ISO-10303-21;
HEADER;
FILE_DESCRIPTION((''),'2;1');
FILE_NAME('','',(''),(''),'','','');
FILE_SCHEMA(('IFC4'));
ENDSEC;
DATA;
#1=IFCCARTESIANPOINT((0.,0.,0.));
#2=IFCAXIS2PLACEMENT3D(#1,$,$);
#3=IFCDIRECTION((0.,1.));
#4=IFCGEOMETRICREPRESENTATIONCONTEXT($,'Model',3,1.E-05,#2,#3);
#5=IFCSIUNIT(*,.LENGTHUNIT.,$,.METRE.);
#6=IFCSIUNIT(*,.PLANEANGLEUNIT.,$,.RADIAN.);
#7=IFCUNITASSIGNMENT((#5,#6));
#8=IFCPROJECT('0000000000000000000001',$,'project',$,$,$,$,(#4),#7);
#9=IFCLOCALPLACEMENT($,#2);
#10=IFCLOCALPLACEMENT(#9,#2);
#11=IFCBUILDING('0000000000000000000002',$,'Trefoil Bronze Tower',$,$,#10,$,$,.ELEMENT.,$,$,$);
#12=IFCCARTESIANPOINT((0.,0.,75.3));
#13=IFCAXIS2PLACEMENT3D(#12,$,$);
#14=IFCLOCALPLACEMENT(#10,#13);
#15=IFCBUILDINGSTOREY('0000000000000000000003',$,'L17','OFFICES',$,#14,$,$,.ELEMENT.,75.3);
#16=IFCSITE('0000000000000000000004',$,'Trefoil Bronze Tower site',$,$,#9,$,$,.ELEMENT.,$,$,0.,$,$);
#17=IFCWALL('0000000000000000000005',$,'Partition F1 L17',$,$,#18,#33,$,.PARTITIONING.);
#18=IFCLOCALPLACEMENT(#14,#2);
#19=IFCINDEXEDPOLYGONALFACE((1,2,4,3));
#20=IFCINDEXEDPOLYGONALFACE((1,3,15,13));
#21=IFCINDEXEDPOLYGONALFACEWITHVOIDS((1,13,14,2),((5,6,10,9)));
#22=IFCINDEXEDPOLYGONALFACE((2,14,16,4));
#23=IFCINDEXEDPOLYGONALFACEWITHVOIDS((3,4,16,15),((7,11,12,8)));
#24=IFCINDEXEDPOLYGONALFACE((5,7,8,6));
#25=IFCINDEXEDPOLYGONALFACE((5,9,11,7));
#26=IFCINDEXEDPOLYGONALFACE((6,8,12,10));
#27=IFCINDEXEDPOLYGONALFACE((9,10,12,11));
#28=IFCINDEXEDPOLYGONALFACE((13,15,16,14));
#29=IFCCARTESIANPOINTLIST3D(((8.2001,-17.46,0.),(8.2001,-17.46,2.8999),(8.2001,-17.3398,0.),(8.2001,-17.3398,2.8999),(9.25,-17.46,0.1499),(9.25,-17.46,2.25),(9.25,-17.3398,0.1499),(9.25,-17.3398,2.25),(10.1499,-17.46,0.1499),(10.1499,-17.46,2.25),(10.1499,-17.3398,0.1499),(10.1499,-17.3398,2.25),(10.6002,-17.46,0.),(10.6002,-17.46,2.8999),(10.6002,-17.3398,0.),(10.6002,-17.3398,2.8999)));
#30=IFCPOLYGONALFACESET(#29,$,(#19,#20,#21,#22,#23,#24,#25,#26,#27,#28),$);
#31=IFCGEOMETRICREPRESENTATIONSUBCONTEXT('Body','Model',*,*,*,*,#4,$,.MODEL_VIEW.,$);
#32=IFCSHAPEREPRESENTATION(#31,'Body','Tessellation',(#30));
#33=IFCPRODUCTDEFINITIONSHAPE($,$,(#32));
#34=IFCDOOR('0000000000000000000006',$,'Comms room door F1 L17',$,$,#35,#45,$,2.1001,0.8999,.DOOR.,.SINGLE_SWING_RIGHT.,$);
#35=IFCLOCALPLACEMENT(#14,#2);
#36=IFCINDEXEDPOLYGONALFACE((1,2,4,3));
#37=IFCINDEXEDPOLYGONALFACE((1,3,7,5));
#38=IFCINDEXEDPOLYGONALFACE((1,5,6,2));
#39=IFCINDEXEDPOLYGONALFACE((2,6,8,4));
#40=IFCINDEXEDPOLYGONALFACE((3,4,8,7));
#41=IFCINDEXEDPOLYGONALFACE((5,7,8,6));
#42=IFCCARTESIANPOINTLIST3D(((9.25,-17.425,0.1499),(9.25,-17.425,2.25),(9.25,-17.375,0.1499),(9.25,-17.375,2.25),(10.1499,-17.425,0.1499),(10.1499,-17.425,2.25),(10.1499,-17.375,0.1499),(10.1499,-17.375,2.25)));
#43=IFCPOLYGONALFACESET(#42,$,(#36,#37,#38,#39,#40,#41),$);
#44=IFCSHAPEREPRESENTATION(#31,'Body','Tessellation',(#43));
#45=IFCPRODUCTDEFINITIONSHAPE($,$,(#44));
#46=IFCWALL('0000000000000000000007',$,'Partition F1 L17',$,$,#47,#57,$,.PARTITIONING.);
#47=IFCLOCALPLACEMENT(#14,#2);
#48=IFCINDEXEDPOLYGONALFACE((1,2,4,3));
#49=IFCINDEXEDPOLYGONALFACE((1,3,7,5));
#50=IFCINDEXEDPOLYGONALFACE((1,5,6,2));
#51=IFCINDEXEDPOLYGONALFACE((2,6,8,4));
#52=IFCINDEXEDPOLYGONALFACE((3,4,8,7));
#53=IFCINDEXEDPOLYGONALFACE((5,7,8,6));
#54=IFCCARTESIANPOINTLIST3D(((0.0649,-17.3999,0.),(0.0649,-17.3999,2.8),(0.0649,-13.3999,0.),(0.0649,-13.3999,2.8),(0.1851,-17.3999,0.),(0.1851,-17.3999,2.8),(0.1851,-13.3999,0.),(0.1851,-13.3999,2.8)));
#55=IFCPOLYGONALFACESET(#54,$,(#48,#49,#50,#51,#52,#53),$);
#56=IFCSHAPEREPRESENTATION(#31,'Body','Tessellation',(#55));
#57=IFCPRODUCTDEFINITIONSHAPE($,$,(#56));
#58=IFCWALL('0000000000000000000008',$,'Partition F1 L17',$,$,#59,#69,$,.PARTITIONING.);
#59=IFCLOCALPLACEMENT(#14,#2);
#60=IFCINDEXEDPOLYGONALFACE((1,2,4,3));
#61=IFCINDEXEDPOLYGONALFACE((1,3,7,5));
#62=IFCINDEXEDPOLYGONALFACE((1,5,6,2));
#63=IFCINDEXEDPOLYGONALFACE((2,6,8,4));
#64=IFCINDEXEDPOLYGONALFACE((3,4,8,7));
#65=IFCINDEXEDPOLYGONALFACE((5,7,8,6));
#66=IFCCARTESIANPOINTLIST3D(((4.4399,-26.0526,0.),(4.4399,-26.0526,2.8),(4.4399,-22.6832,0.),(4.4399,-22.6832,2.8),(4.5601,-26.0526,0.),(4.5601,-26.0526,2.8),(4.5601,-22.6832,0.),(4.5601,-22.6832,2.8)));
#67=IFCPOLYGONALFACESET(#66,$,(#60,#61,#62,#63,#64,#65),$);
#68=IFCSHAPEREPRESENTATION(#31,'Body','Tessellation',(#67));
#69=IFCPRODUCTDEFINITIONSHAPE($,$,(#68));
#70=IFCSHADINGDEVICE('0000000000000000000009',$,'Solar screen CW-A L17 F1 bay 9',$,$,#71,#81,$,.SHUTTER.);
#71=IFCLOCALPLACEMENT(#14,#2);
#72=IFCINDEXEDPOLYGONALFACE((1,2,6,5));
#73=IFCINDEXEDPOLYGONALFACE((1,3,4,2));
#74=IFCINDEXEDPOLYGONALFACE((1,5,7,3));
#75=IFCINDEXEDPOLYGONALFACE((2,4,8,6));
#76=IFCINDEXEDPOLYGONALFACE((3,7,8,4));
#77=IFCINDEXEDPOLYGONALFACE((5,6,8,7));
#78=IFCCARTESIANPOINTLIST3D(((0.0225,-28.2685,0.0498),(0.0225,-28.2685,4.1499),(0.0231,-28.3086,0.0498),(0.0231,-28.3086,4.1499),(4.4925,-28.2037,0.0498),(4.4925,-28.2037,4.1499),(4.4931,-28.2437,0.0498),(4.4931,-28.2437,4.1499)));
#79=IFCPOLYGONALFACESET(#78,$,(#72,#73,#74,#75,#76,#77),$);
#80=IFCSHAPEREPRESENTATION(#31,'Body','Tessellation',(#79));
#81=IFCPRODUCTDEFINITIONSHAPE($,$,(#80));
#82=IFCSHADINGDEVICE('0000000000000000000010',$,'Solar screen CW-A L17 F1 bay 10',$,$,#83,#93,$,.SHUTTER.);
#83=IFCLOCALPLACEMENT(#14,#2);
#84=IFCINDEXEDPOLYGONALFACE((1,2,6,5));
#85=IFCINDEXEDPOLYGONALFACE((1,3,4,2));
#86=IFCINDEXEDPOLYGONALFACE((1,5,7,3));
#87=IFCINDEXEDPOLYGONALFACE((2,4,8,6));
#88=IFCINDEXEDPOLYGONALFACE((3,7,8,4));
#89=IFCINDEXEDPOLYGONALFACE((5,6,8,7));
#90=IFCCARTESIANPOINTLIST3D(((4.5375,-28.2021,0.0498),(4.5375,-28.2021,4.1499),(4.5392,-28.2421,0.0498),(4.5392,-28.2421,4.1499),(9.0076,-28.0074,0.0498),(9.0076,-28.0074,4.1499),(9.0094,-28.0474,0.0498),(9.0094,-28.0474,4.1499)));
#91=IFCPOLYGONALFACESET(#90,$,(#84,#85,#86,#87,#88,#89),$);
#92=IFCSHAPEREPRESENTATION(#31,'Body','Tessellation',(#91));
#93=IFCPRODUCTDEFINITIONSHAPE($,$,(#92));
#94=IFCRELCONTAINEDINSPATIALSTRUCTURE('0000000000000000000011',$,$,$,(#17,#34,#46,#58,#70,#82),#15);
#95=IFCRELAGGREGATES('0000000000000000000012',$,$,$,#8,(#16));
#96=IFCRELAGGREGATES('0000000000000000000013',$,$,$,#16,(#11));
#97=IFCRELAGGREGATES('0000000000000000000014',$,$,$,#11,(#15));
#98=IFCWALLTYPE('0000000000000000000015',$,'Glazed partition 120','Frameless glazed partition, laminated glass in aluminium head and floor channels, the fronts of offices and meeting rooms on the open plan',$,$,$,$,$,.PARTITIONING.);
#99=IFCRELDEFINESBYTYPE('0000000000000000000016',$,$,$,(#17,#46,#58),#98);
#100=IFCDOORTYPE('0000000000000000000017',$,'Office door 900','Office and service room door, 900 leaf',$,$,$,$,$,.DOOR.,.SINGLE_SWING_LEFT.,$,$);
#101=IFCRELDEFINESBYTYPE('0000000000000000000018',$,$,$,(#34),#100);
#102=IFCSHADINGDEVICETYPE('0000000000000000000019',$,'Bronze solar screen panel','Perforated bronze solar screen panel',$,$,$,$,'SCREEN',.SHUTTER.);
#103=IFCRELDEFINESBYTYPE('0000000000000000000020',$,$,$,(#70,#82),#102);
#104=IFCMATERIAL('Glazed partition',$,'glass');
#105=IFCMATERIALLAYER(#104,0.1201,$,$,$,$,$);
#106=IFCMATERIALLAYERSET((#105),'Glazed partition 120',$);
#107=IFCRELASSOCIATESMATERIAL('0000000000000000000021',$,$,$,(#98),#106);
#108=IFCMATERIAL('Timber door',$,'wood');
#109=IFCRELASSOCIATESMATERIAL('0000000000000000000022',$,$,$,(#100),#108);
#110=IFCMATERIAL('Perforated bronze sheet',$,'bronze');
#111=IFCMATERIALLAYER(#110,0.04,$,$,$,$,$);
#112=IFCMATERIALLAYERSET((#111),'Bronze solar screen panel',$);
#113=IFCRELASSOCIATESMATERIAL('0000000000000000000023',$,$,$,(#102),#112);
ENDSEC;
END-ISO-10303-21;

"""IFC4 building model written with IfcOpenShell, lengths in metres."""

from ifc_helpers import new_model, si_unit, direction, frame, frame_2d, origin, origin_2d, place, context, subcontext, project, spatial, rectangle, extrude, material, layer, layer_set, type_object, element, fill, save


model = new_model("IFC4")

# Units and contexts
model_context = context("Model", 3, precision=1e-05, world=origin(), true_north=direction((0.0, 1.0)))
body_context = subcontext(model_context, "Body", "Model", "MODEL_VIEW")
ifc_project = project(units=[si_unit("LENGTHUNIT", "METRE"), si_unit("PLANEANGLEUNIT", "RADIAN")], contexts=[model_context])

# Site, building, storey
site_placement = place(None, origin())
site = spatial("IfcSite", under=ifc_project, at=site_placement, Name="Trefoil Bronze Tower site", CompositionType="ELEMENT", RefElevation=0.0)
building_placement = place(site_placement, origin())
building = spatial("IfcBuilding", under=site, at=building_placement, Name="Trefoil Bronze Tower", CompositionType="ELEMENT")
storey_placement = place(building_placement, frame((0.0, 0.0, 75.3)))
storey = spatial("IfcBuildingStorey", under=building, at=storey_placement, Name="L17", Description="OFFICES", CompositionType="ELEMENT", Elevation=75.3)

# Wall, opening, door
ifc_material_1 = material(Name="Glazed partition", Category="glass")
ifc_layer_1 = layer(ifc_material_1, 0.1201)
ifc_layer_set_1 = layer_set([ifc_layer_1], Name="Glazed partition 120")
wall_type = type_object("IfcWallType", Name="Glazed partition 120", Description="Frameless glazed partition, laminated glass in aluminium head and floor channels, the fronts of offices and meeting rooms on the open plan", PredefinedType="PARTITIONING", material=ifc_layer_set_1)
wall_1_placement = place(storey_placement, frame((8.2, -17.3999, 0.0), z_axis=(0.0, 0.0, 1.0), x_axis=(1.0, 0.0, 0.0)))
wall_1 = element("IfcWall", 1, at=wall_1_placement, inside=storey, type_object=wall_type, Name="Partition F1 L17", PredefinedType="PARTITIONING", context=body_context, shape_type="SweptSolid", body=[
    extrude(rectangle(XDim=2.4001, YDim=0.1201, at=frame_2d((1.2002, 0.0))), origin(), (0.0, 0.0, 1.0), 2.8999),
])
opening_1_placement = place(wall_1_placement, frame((1.05, 0.0, 0.1499)))
opening_1 = element("IfcOpeningElement", 2, at=opening_1_placement, cuts=wall_1, PredefinedType="OPENING", context=body_context, shape_type="SweptSolid", body=[
    extrude(rectangle(XDim=0.8999, YDim=2.1001, at=frame_2d((0.45, 1.05))), frame((0.0, 0.0701, 0.0), z_axis=(0.0, -1.0, 0.0), x_axis=(1.0, 0.0, 0.0)), (0.0, 0.0, 1.0), 0.1401),
])
ifc_material_2 = material(Name="Timber door", Category="wood")
door_type_1 = type_object("IfcDoorType", Name="Office door 900", Description="Office and service room door, 900 leaf", OperationType="SINGLE_SWING_LEFT", PredefinedType="DOOR", material=ifc_material_2)
door_1_placement = place(opening_1_placement, origin())
door_1 = element("IfcDoor", 3, at=door_1_placement, inside=storey, type_object=door_type_1, Name="Comms room door F1 L17", OperationType="SINGLE_SWING_RIGHT", OverallHeight=2.1001, OverallWidth=0.8999, PredefinedType="DOOR", context=body_context, shape_type="SweptSolid", body=[
    extrude(rectangle(XDim=0.8999, YDim=2.1001, at=frame_2d((0.45, 1.05))), frame((0.0, 0.0249, 0.0), z_axis=(0.0, -1.0, 0.0), x_axis=(1.0, 0.0, 0.0)), (0.0, 0.0, 1.0), 0.05),
])
fill(opening_1, door_1)

# Walls
wall_2_placement = place(storey_placement, frame((0.125, -13.3999, 0.0), z_axis=(0.0, 0.0, 1.0), x_axis=(0.0, -1.0, 0.0)))
element("IfcWall", 4, at=wall_2_placement, inside=storey, type_object=wall_type, Name="Partition F1 L17", PredefinedType="PARTITIONING", context=body_context, shape_type="SweptSolid", body=[
    extrude(rectangle(XDim=4.0, YDim=0.1201, at=frame_2d((2.0, 0.0))), origin(), (0.0, 0.0, 1.0), 2.8),
])
wall_3_placement = place(storey_placement, frame((4.5, -22.6833, 0.0), z_axis=(0.0, 0.0, 1.0), x_axis=(0.0, -1.0, 0.0)))
element("IfcWall", 5, at=wall_3_placement, inside=storey, type_object=wall_type, Name="Partition F1 L17", PredefinedType="PARTITIONING", context=body_context, shape_type="SweptSolid", body=[
    extrude(rectangle(XDim=3.3694, YDim=0.1201, at=frame_2d((1.6846, 0.0))), origin(), (0.0, 0.0, 1.0), 2.8),
])

# Shading devices
ifc_material_3 = material(Name="Perforated bronze sheet", Category="bronze")
ifc_layer_2 = layer(ifc_material_3, 0.04)
ifc_layer_set_2 = layer_set([ifc_layer_2], Name="Bronze solar screen panel")
shading_device_type = type_object("IfcShadingDeviceType", Name="Bronze solar screen panel", Description="Perforated bronze solar screen panel", ElementType="SCREEN", PredefinedType="SHUTTER", material=ifc_layer_set_2)
shading_device_1_placement = place(storey_placement, frame((2.2578, -28.2561, 0.0498), z_axis=(0.0, 0.0, 1.0), x_axis=(0.999895, 0.014509, 0.0)))
element("IfcShadingDevice", 6, at=shading_device_1_placement, inside=storey, type_object=shading_device_type, Name="Solar screen CW-A L17 F1 bay 9", PredefinedType="SHUTTER", context=body_context, shape_type="SweptSolid", body=[
    extrude(rectangle(XDim=4.4705, YDim=0.04, at=origin_2d()), origin(), (0.0, 0.0, 1.0), 4.1001),
])
shading_device_2_placement = place(storey_placement, frame((6.7734, -28.1248, 0.0498), z_axis=(0.0, 0.0, 1.0), x_axis=(0.999052, 0.043528, 0.0)))
element("IfcShadingDevice", 7, at=shading_device_2_placement, inside=storey, type_object=shading_device_type, Name="Solar screen CW-A L17 F1 bay 10", PredefinedType="SHUTTER", context=body_context, shape_type="SweptSolid", body=[
    extrude(rectangle(XDim=4.4744, YDim=0.04, at=origin_2d()), origin(), (0.0, 0.0, 1.0), 4.1001),
])

save(model, "model.ifc")
